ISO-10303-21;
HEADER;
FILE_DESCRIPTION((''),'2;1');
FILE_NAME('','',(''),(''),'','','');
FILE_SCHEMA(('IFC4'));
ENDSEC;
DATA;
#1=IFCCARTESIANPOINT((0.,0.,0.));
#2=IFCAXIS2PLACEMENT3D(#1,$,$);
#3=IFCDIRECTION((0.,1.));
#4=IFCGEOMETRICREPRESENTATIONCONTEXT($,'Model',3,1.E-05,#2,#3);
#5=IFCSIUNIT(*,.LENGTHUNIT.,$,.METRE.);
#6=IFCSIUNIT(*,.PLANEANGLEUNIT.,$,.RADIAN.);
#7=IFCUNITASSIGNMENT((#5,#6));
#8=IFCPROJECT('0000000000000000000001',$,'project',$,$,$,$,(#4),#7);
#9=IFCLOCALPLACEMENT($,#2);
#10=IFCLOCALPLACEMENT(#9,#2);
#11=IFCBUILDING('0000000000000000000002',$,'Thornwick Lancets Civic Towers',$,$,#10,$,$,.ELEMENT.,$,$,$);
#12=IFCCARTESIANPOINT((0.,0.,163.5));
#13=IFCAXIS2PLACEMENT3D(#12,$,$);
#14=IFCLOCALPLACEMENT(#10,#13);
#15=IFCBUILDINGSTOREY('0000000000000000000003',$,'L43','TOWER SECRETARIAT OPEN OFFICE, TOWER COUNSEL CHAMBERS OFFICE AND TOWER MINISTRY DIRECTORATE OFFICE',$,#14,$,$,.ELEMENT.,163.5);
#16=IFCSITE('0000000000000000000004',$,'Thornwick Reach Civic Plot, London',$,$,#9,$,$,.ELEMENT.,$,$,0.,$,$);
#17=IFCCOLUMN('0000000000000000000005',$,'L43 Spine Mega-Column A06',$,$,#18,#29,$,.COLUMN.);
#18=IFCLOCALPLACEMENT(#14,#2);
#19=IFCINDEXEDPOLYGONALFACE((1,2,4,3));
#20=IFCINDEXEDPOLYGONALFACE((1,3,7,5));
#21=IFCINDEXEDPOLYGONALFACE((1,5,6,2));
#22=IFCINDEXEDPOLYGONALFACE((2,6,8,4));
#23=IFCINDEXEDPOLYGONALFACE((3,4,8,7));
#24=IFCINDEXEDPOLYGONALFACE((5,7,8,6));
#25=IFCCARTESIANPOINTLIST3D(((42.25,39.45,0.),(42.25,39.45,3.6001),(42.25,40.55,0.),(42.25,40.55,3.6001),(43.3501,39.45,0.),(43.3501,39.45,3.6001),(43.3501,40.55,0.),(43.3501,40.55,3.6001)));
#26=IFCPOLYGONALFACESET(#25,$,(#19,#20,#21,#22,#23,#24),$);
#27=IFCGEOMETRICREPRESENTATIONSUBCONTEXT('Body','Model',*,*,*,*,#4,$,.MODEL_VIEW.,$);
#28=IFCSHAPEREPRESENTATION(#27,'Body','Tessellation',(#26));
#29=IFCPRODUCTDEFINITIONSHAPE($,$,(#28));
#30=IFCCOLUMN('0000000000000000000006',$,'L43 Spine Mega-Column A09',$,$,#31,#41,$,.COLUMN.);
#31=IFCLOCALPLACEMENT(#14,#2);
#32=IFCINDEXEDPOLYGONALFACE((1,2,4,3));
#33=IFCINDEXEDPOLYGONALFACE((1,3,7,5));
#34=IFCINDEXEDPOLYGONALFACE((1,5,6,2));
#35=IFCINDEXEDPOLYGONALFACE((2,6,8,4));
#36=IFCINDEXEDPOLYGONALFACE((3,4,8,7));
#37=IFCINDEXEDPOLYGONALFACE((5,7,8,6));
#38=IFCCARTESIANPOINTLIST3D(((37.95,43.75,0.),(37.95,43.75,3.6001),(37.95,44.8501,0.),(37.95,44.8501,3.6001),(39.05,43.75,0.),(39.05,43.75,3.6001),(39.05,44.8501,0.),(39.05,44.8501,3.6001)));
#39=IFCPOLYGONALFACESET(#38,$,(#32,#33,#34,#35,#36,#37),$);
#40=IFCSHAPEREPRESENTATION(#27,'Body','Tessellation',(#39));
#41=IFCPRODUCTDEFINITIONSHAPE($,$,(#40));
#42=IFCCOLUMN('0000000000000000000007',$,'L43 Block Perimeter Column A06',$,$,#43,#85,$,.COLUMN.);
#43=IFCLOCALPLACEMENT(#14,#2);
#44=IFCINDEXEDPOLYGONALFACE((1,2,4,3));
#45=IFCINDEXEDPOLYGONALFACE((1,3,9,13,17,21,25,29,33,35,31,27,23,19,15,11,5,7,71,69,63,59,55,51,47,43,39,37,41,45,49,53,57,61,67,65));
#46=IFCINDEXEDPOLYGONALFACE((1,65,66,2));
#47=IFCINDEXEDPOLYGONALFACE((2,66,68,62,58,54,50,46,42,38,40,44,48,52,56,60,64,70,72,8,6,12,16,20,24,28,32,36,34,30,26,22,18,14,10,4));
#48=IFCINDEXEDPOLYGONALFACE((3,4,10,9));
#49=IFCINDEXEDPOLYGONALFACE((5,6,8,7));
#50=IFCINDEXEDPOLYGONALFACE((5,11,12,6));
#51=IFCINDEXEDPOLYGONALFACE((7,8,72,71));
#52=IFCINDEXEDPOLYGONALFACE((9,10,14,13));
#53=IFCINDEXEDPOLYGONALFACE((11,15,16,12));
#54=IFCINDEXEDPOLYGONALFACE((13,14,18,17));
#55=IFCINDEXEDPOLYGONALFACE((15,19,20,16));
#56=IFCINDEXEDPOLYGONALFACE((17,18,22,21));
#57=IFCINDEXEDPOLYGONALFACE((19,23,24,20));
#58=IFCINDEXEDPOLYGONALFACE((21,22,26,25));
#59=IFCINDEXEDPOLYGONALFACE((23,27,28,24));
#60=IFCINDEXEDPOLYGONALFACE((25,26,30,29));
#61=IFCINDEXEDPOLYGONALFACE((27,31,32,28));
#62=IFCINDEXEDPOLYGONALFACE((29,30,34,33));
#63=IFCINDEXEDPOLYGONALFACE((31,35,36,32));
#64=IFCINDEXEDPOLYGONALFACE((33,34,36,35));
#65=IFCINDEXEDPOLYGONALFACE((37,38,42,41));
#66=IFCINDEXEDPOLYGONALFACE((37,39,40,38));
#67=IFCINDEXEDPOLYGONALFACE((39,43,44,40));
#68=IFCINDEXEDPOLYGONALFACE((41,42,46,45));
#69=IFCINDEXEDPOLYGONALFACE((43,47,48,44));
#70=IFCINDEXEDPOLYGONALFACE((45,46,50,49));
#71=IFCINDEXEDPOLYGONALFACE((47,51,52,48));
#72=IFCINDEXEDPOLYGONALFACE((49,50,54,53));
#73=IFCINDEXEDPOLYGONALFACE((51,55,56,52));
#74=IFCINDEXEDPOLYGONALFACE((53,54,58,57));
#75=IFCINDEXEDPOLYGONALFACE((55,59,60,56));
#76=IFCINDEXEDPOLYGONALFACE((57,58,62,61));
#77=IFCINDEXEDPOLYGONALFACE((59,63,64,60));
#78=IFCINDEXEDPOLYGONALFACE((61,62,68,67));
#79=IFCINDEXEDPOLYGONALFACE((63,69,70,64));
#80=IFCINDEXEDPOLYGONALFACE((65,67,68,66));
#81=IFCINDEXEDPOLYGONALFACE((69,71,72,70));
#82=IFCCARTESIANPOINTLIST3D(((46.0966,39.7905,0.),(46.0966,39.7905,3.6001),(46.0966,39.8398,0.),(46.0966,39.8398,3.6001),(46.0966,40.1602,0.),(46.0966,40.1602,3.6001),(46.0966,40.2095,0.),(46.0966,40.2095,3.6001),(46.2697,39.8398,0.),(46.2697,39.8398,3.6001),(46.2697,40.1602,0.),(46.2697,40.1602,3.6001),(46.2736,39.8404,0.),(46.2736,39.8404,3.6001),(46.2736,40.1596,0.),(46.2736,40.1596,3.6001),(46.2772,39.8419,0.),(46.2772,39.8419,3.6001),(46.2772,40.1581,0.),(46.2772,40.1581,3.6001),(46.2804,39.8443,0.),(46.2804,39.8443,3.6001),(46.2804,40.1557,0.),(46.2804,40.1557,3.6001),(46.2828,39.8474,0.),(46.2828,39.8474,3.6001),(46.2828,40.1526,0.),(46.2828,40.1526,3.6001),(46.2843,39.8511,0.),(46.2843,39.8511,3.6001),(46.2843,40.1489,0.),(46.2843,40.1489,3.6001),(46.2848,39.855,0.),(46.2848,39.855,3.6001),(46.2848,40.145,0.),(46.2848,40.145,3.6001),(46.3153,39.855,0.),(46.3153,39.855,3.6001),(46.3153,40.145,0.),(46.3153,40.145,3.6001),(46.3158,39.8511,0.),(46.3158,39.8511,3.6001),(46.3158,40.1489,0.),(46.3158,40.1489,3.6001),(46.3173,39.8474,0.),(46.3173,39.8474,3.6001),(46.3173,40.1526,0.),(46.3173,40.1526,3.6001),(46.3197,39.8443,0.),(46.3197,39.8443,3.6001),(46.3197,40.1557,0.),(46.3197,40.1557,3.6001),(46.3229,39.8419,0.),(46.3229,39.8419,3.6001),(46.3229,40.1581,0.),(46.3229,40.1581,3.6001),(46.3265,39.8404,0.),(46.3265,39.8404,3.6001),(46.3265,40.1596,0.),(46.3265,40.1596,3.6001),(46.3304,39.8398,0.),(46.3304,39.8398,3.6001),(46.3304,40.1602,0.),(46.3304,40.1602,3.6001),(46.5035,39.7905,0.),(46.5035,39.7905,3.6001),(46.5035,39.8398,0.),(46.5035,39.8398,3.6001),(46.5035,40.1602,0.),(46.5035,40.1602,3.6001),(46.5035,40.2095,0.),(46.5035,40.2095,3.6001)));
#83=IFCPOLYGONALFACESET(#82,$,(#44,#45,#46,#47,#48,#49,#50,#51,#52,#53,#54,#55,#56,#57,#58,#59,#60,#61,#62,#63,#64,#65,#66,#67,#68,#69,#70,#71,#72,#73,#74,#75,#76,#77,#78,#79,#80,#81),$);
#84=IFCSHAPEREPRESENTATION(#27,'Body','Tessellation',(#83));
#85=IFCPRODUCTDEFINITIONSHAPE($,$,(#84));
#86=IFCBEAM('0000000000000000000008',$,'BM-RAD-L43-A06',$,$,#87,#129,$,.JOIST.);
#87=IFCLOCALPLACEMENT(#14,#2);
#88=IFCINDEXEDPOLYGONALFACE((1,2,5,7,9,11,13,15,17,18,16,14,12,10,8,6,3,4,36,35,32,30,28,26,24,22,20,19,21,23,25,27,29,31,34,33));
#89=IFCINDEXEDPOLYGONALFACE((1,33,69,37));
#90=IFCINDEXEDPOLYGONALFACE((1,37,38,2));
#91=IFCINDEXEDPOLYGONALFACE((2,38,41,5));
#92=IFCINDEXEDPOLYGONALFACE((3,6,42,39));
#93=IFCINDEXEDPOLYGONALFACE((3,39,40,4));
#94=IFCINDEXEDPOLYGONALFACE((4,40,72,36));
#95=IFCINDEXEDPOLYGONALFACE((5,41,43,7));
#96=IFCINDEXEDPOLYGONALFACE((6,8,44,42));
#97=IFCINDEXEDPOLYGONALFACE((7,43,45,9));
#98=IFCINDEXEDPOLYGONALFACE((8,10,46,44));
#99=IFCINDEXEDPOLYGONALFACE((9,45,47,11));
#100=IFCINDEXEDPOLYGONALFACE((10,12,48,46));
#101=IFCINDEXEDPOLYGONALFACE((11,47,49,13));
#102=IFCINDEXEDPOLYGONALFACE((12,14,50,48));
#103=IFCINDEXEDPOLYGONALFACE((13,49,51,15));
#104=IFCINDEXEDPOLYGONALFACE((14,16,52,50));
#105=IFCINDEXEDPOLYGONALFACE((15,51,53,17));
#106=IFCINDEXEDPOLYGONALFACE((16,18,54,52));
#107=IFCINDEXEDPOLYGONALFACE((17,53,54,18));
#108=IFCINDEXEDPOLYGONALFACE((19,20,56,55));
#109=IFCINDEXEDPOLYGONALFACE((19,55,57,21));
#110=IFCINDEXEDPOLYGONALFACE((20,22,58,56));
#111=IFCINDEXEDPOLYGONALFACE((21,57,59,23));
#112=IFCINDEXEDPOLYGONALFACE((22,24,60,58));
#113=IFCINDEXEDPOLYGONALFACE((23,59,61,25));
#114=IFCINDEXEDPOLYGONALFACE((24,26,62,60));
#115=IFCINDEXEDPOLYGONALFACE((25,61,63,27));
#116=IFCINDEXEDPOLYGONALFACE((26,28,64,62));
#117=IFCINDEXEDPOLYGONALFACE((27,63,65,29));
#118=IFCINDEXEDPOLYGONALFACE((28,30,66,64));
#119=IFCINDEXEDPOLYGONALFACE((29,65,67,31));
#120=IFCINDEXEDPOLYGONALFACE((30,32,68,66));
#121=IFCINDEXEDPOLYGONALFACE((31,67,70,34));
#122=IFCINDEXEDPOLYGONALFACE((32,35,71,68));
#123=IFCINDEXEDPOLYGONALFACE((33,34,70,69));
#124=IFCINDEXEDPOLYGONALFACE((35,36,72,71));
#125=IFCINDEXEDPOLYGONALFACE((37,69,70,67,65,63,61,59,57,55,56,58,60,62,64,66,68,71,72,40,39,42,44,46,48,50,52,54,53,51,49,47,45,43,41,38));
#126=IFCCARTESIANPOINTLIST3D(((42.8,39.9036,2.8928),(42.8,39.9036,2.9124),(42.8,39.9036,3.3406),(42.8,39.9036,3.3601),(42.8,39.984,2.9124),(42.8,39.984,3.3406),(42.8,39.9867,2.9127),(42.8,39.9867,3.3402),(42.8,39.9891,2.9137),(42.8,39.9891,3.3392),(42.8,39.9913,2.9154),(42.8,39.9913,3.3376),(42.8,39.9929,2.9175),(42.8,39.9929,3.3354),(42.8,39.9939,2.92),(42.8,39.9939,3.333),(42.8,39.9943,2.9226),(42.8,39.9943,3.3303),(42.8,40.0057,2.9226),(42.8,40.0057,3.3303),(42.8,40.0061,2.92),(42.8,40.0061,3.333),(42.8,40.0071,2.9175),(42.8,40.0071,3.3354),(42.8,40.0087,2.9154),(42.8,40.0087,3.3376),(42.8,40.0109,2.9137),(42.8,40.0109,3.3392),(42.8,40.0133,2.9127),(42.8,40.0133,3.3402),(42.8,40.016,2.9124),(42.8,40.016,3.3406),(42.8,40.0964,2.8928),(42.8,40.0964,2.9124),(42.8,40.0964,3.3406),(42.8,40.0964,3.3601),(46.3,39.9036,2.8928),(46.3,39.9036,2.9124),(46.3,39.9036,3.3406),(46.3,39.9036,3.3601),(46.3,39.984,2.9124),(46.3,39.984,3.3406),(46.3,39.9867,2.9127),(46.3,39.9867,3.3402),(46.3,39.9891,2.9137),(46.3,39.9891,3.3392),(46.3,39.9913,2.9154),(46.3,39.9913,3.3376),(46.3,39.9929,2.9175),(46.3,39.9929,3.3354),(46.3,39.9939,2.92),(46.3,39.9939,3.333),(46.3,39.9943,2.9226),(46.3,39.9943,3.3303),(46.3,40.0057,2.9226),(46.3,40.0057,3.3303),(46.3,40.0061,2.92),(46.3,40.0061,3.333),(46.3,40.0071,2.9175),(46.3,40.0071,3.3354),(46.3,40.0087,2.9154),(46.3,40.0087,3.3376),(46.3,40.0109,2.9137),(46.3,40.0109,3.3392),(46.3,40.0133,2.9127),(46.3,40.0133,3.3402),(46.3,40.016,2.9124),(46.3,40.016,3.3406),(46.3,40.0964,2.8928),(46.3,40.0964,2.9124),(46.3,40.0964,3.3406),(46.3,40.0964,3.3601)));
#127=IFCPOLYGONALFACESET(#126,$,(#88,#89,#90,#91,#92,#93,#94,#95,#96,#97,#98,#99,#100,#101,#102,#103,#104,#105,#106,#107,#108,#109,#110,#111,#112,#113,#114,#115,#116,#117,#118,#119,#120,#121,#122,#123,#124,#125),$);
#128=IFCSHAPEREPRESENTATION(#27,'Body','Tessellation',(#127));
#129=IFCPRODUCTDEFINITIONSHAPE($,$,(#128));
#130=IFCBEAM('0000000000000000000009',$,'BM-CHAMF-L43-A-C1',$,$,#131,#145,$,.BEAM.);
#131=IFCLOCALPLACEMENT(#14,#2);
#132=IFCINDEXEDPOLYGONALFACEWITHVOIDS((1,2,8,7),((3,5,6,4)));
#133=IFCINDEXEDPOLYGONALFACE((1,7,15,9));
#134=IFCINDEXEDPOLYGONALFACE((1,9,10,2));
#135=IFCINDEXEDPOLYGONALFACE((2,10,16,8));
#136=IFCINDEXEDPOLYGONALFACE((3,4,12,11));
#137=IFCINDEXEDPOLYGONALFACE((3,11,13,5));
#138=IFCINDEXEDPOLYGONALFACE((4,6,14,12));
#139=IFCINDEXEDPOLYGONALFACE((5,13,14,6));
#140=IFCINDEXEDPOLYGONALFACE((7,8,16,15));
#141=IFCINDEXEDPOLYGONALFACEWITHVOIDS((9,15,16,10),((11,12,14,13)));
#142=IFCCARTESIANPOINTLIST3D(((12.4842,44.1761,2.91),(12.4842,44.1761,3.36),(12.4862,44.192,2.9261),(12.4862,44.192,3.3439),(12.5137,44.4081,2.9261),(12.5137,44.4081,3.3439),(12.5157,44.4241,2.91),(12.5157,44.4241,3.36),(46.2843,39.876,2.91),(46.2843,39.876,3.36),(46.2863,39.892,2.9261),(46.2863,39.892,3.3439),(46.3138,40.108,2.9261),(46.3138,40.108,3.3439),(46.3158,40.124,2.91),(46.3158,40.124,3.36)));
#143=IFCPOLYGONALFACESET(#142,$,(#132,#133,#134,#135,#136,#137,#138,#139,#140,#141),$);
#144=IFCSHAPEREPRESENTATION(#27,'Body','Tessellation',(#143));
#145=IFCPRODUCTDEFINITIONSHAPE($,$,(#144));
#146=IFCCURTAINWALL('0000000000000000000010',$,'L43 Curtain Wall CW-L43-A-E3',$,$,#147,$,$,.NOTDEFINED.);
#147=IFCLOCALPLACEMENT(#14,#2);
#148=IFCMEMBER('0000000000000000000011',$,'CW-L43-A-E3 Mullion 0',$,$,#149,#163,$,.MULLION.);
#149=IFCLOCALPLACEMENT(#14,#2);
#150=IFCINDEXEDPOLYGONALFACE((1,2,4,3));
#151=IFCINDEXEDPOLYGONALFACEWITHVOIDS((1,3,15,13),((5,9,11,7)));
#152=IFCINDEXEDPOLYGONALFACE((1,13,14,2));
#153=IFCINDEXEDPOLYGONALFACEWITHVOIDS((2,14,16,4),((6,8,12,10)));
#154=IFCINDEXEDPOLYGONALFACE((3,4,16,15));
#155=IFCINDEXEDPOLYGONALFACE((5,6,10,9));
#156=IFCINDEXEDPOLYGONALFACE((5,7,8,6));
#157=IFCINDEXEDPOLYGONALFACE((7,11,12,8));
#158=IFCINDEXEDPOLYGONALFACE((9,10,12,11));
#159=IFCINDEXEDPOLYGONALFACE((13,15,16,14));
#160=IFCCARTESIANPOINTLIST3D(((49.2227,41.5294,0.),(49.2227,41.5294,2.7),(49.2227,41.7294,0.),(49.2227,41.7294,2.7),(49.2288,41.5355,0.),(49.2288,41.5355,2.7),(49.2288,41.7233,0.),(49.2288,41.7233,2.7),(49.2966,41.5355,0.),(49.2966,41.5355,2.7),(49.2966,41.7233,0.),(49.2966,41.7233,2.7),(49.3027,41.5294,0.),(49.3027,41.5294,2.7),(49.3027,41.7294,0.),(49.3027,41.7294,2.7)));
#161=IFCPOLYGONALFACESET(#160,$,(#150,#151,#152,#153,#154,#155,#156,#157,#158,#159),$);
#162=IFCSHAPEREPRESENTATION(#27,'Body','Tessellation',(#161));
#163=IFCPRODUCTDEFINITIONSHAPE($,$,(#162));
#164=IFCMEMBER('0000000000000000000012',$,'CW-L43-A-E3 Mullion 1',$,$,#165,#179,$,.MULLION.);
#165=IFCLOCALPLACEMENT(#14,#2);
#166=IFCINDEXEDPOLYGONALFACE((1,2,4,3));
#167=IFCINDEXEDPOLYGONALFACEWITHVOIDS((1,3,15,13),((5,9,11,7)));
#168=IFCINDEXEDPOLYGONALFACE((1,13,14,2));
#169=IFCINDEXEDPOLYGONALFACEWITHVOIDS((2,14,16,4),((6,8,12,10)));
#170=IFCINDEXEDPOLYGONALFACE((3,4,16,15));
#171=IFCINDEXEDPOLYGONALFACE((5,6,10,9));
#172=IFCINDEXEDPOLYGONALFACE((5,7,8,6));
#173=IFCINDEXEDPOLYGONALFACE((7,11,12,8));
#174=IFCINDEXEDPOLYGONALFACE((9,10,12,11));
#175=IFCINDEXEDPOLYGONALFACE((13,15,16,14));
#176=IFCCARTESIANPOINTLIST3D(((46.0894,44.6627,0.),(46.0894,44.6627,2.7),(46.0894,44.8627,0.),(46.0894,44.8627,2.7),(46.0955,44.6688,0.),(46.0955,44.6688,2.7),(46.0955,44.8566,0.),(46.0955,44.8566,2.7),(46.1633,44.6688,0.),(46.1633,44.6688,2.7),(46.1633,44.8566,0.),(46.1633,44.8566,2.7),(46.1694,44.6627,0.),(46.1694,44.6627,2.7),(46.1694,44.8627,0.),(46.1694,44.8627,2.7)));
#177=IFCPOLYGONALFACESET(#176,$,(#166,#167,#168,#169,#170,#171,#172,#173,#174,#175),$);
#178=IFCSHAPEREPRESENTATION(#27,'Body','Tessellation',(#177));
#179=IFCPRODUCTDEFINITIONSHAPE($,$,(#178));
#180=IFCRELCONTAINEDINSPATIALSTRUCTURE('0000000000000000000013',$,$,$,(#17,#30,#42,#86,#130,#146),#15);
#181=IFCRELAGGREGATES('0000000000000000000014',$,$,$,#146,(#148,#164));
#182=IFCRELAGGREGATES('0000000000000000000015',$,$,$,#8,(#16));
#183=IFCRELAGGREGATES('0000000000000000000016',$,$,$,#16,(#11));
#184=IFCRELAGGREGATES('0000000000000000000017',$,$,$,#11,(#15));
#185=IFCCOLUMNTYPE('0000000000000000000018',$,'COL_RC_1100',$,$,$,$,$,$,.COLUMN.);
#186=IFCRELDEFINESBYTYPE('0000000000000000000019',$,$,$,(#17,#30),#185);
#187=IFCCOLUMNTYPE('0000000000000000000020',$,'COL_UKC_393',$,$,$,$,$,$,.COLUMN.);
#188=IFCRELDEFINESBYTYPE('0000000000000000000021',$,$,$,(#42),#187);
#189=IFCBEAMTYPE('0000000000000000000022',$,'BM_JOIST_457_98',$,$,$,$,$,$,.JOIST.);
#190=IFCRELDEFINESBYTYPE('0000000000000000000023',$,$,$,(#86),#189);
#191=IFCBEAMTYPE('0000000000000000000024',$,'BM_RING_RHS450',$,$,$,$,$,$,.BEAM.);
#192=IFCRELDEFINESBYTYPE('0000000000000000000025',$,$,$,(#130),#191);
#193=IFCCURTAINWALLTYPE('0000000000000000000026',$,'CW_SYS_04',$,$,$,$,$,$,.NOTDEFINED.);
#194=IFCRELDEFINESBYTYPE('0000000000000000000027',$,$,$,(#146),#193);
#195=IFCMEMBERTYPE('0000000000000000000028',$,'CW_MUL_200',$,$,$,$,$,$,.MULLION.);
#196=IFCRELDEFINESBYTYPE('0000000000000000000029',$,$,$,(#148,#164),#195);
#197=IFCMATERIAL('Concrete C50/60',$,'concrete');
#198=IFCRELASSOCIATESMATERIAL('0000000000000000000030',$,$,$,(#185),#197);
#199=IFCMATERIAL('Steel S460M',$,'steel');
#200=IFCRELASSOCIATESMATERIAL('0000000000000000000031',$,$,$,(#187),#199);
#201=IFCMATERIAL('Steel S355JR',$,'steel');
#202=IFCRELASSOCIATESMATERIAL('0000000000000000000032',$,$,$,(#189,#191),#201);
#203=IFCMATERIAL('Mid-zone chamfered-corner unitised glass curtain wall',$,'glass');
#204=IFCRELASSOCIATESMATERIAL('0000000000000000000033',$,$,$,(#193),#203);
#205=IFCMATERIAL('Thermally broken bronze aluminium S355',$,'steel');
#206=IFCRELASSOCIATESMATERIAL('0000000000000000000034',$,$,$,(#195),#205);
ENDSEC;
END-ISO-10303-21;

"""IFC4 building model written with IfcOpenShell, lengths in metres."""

from ifc_helpers import new_model, si_unit, direction, frame, origin, origin_2d, place, context, subcontext, project, spatial, rectangle, hollow_rectangle, i_section, extrude, material, material_profile, profile_set, type_object, element, aggregate, save


model = new_model("IFC4")

# Units and contexts
model_context = context("Model", 3, precision=1e-05, world=origin(), true_north=direction((0.0, 1.0)))
body_context = subcontext(model_context, "Body", "Model", "MODEL_VIEW")
ifc_project = project(units=[si_unit("LENGTHUNIT", "METRE"), si_unit("PLANEANGLEUNIT", "RADIAN")], contexts=[model_context])

# Site, building, storey
site_placement = place(None, origin())
site = spatial("IfcSite", under=ifc_project, at=site_placement, Name="Thornwick Reach Civic Plot, London", CompositionType="ELEMENT", RefElevation=0.0)
building_placement = place(site_placement, origin())
building = spatial("IfcBuilding", under=site, at=building_placement, Name="Thornwick Lancets Civic Towers", CompositionType="ELEMENT")
storey_placement = place(building_placement, frame((0.0, 0.0, 163.5)))
storey = spatial("IfcBuildingStorey", under=building, at=storey_placement, Name="L43", Description="TOWER SECRETARIAT OPEN OFFICE, TOWER COUNSEL CHAMBERS OFFICE AND TOWER MINISTRY DIRECTORATE OFFICE", CompositionType="ELEMENT", Elevation=163.5)

# Columns
ifc_material_1 = material(Name="Concrete C50/60", Category="concrete")
ifc_material_profile_1 = material_profile(ifc_material_1, rectangle(XDim=1.1001, YDim=1.1001, at=origin_2d()), Name="RC 1100x1100")
ifc_profile_set_1 = profile_set([ifc_material_profile_1], Name="Concrete C50/60")
column_type_1 = type_object("IfcColumnType", Name="COL_RC_1100", PredefinedType="COLUMN", material=ifc_profile_set_1)
for number, where, z_axis, x_axis, name in (
    (1, (42.8, 40.0, 0.0), (0.0, 0.0, 1.0), (1.0, 0.0, 0.0), "L43 Spine Mega-Column A06"),
    (2, (38.5, 44.3, 0.0), (0.0, 0.0, 1.0), (1.0, 0.0, 0.0), "L43 Spine Mega-Column A09"),
):
    element("IfcColumn", number, at=place(storey_placement, frame(where, z_axis=z_axis, x_axis=x_axis)), inside=storey, type_object=column_type_1, Name=name, PredefinedType="COLUMN", context=body_context, shape_type="SweptSolid", body=[
        extrude(rectangle(XDim=1.1001, YDim=1.1001, at=origin_2d()), origin(), (0.0, 0.0, 1.0), 3.6001),
    ])
ifc_material_2 = material(Name="Steel S460M", Category="steel")
ifc_material_profile_2 = material_profile(ifc_material_2, i_section(OverallWidth=0.407, OverallDepth=0.4189, WebThickness=0.0305, FlangeThickness=0.0493, FilletRadius=0.0151, at=origin_2d()), Name="UKC 356x406x393")
ifc_profile_set_2 = profile_set([ifc_material_profile_2], Name="Steel S460M")
column_type_2 = type_object("IfcColumnType", Name="COL_UKC_393", PredefinedType="COLUMN", material=ifc_profile_set_2)
column_placement = place(storey_placement, frame((46.3, 40.0, 0.0), z_axis=(0.0, 0.0, 1.0), x_axis=(1.0, 0.0, 0.0)))
element("IfcColumn", 3, at=column_placement, inside=storey, type_object=column_type_2, Name="L43 Block Perimeter Column A06", PredefinedType="COLUMN", context=body_context, shape_type="SweptSolid", body=[
    extrude(i_section(OverallWidth=0.407, OverallDepth=0.4189, WebThickness=0.0305, FlangeThickness=0.0493, FilletRadius=0.0151, at=origin_2d()), origin(), (0.0, 0.0, 1.0), 3.6001),
])

# Beams
ifc_material_3 = material(Name="Steel S355JR", Category="steel")
ifc_material_profile_3 = material_profile(ifc_material_3, i_section(OverallWidth=0.1929, OverallDepth=0.4673, WebThickness=0.0115, FlangeThickness=0.0195, FilletRadius=0.0103, at=origin_2d()), Name="UKB 457x191x98")
ifc_profile_set_3 = profile_set([ifc_material_profile_3], Name="Steel S355JR")
beam_type_1 = type_object("IfcBeamType", Name="BM_JOIST_457_98", PredefinedType="JOIST", material=ifc_profile_set_3)
beam_1_placement = place(storey_placement, frame((42.8, 40.0, 3.1265), z_axis=(1.0, 0.0, 0.0), x_axis=(0.0, 1.0, 0.0)))
element("IfcBeam", 4, at=beam_1_placement, inside=storey, type_object=beam_type_1, Name="BM-RAD-L43-A06", PredefinedType="JOIST", context=body_context, shape_type="SweptSolid", body=[
    extrude(i_section(OverallWidth=0.1929, OverallDepth=0.4673, WebThickness=0.0115, FlangeThickness=0.0195, FilletRadius=0.0103, at=origin_2d()), origin(), (0.0, 0.0, 1.0), 3.5),
])
ifc_material_profile_4 = material_profile(ifc_material_3, hollow_rectangle(XDim=0.25, YDim=0.45, WallThickness=0.0161, at=origin_2d()), Name="RHS 450x250x16")
ifc_profile_set_4 = profile_set([ifc_material_profile_4], Name="Steel S355JR")
beam_type_2 = type_object("IfcBeamType", Name="BM_RING_RHS450", PredefinedType="BEAM", material=ifc_profile_set_4)
beam_2_placement = place(storey_placement, frame((46.3, 40.0, 3.135), z_axis=(-0.992004, 0.126203, 0.0), x_axis=(-0.126203, -0.992004, 0.0)))
element("IfcBeam", 5, at=beam_2_placement, inside=storey, type_object=beam_type_2, Name="BM-CHAMF-L43-A-C1", PredefinedType="BEAM", context=body_context, shape_type="SweptSolid", body=[
    extrude(hollow_rectangle(XDim=0.25, YDim=0.45, WallThickness=0.0161, at=origin_2d()), origin(), (0.0, 0.0, 1.0), 34.0725),
])

# Curtain wall, members
ifc_material_4 = material(Name="Mid-zone chamfered-corner unitised glass curtain wall", Category="glass")
curtain_wall_type = type_object("IfcCurtainWallType", Name="CW_SYS_04", PredefinedType="NOTDEFINED", material=ifc_material_4)
curtain_wall_placement = place(storey_placement, origin())
curtain_wall = element("IfcCurtainWall", 6, at=curtain_wall_placement, inside=storey, type_object=curtain_wall_type, Name="L43 Curtain Wall CW-L43-A-E3", PredefinedType="NOTDEFINED")
ifc_material_5 = material(Name="Thermally broken bronze aluminium S355", Category="steel")
ifc_material_profile_5 = material_profile(ifc_material_5, hollow_rectangle(XDim=0.0801, YDim=0.2, WallThickness=0.0061, at=origin_2d()), Name="RHS 200x80x6")
ifc_profile_set_5 = profile_set([ifc_material_profile_5], Name="Thermally broken bronze aluminium S355")
member_type_1 = type_object("IfcMemberType", Name="CW_MUL_200", PredefinedType="MULLION", material=ifc_profile_set_5)
member_1_placement = place(storey_placement, frame((49.2627, 41.6294, 0.0), z_axis=(0.0, 0.0, 1.0), x_axis=(1.0, 0.0, 0.0)))
member_1 = element("IfcMember", 7, at=member_1_placement, type_object=member_type_1, Name="CW-L43-A-E3 Mullion 0", PredefinedType="MULLION", context=body_context, shape_type="SweptSolid", body=[
    extrude(hollow_rectangle(XDim=0.0801, YDim=0.2, WallThickness=0.0061, at=origin_2d()), origin(), (0.0, 0.0, 1.0), 2.7),
])
member_2_placement = place(storey_placement, frame((46.1294, 44.7627, 0.0), z_axis=(0.0, 0.0, 1.0), x_axis=(1.0, 0.0, 0.0)))
member_2 = element("IfcMember", 8, at=member_2_placement, type_object=member_type_1, Name="CW-L43-A-E3 Mullion 1", PredefinedType="MULLION", context=body_context, shape_type="SweptSolid", body=[
    extrude(hollow_rectangle(XDim=0.0801, YDim=0.2, WallThickness=0.0061, at=origin_2d()), origin(), (0.0, 0.0, 1.0), 2.7),
])
aggregate(curtain_wall, [member_1, member_2])

save(model, "model.ifc")
